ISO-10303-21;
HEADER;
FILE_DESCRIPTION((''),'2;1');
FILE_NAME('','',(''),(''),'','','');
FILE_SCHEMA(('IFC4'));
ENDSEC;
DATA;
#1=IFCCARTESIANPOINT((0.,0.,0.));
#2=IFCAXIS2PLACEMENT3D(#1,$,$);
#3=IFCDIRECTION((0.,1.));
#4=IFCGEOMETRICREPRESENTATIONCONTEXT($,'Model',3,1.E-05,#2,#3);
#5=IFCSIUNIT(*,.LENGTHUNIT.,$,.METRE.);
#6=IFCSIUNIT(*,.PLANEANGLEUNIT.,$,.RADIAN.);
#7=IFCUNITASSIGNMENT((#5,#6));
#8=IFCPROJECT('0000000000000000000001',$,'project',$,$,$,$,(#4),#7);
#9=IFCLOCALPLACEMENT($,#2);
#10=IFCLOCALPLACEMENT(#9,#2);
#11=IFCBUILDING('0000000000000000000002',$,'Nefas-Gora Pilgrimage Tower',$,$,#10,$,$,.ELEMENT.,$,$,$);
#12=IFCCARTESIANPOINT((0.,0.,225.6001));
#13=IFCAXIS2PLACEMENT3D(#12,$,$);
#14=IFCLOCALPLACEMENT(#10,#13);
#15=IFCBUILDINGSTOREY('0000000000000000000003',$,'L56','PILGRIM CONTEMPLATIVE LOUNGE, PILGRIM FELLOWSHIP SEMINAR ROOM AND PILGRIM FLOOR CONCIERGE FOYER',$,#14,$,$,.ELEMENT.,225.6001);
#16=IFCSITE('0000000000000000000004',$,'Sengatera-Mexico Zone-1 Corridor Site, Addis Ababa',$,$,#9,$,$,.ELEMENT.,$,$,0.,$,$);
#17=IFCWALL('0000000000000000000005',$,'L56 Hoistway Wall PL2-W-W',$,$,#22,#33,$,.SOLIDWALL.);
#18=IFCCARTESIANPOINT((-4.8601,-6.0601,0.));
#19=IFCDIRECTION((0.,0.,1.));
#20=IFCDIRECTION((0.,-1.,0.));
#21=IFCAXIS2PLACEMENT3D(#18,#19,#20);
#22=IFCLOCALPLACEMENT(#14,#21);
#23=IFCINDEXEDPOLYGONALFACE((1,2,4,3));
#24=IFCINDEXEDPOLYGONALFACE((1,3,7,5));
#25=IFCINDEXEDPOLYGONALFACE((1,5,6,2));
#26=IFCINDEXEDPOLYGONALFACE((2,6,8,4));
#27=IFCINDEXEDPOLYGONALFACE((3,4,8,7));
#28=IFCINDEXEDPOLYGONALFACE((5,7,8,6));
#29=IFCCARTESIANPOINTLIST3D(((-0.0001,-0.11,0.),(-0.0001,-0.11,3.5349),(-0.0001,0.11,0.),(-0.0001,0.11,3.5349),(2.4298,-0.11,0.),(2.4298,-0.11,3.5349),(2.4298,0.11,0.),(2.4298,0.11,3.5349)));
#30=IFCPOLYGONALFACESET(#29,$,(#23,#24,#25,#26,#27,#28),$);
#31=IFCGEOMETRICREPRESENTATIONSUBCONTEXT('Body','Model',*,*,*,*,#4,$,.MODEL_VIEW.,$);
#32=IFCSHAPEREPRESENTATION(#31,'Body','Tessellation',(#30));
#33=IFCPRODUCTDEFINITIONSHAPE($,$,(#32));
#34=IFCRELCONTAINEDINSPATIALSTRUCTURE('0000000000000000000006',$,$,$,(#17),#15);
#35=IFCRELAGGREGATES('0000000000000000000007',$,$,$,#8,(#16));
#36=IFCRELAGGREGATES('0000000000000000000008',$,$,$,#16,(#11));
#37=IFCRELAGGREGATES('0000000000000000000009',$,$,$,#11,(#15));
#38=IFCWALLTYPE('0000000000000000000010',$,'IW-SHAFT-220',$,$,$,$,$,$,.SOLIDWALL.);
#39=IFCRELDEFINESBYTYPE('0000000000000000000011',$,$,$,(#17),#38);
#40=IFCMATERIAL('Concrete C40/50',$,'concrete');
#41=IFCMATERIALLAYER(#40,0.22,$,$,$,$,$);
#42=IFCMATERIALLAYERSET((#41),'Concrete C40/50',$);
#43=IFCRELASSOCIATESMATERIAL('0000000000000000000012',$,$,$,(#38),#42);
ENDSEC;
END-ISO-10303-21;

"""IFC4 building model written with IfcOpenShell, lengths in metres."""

from ifc_helpers import new_model, si_unit, direction, frame, frame_2d, origin, place, context, subcontext, project, spatial, rectangle, extrude, source, transform, mapped, material, layer, layer_set, type_object, element, save


model = new_model("IFC4")

# Units and contexts
model_context = context("Model", 3, precision=1e-05, world=origin(), true_north=direction((0.0, 1.0)))
body_context = subcontext(model_context, "Body", "Model", "MODEL_VIEW")
ifc_project = project(units=[si_unit("LENGTHUNIT", "METRE"), si_unit("PLANEANGLEUNIT", "RADIAN")], contexts=[model_context])

# Site, building, storey
site_placement = place(None, origin())
site = spatial("IfcSite", under=ifc_project, at=site_placement, Name="Sengatera-Mexico Zone-1 Corridor Site, Addis Ababa", CompositionType="ELEMENT", RefElevation=0.0)
building_placement = place(site_placement, origin())
building = spatial("IfcBuilding", under=site, at=building_placement, Name="Nefas-Gora Pilgrimage Tower", CompositionType="ELEMENT")
storey_placement = place(building_placement, frame((0.0, 0.0, 225.6001)))
storey = spatial("IfcBuildingStorey", under=building, at=storey_placement, Name="L56", Description="PILGRIM CONTEMPLATIVE LOUNGE, PILGRIM FELLOWSHIP SEMINAR ROOM AND PILGRIM FLOOR CONCIERGE FOYER", CompositionType="ELEMENT", Elevation=225.6001)

# Shared definitions
ifc_material_1 = material(Name="Concrete C40/50", Category="concrete")
ifc_layer_1 = layer(ifc_material_1, 0.22)
ifc_layer_set_1 = layer_set([ifc_layer_1], Name="Concrete C40/50")
wall_type_1 = type_object("IfcWallType", Name="IW-SHAFT-220", PredefinedType="SOLIDWALL", material=ifc_layer_set_1)

# Wall
shared_shape_1 = source(origin(), body_context, "Body", "SweptSolid", [
    extrude(rectangle(XDim=2.4299, YDim=0.22, at=frame_2d((1.2148, 0.0))), origin(), (0.0, 0.0, 1.0), 3.5349),
])
for number, where, z_axis, x_axis, name in (
    (1, (-4.8601, -6.0601, 0.0), (0.0, 0.0, 1.0), (0.0, -1.0, 0.0), "L56 Hoistway Wall PL2-W-W"),
):
    element("IfcWall", number, at=place(storey_placement, frame(where, z_axis=z_axis, x_axis=x_axis)), inside=storey, type_object=wall_type_1, Name=name, PredefinedType="SOLIDWALL", context=body_context, shape_type="MappedRepresentation", body=[
        mapped(shared_shape_1, transform((0.0, 0.0, 0.0), x_axis=(1.0, 0.0, 0.0), y_axis=(0.0, 1.0, 0.0), z_axis=(0.0, 0.0, 1.0), scale=1.0)),
    ])

save(model, "model.ifc")
